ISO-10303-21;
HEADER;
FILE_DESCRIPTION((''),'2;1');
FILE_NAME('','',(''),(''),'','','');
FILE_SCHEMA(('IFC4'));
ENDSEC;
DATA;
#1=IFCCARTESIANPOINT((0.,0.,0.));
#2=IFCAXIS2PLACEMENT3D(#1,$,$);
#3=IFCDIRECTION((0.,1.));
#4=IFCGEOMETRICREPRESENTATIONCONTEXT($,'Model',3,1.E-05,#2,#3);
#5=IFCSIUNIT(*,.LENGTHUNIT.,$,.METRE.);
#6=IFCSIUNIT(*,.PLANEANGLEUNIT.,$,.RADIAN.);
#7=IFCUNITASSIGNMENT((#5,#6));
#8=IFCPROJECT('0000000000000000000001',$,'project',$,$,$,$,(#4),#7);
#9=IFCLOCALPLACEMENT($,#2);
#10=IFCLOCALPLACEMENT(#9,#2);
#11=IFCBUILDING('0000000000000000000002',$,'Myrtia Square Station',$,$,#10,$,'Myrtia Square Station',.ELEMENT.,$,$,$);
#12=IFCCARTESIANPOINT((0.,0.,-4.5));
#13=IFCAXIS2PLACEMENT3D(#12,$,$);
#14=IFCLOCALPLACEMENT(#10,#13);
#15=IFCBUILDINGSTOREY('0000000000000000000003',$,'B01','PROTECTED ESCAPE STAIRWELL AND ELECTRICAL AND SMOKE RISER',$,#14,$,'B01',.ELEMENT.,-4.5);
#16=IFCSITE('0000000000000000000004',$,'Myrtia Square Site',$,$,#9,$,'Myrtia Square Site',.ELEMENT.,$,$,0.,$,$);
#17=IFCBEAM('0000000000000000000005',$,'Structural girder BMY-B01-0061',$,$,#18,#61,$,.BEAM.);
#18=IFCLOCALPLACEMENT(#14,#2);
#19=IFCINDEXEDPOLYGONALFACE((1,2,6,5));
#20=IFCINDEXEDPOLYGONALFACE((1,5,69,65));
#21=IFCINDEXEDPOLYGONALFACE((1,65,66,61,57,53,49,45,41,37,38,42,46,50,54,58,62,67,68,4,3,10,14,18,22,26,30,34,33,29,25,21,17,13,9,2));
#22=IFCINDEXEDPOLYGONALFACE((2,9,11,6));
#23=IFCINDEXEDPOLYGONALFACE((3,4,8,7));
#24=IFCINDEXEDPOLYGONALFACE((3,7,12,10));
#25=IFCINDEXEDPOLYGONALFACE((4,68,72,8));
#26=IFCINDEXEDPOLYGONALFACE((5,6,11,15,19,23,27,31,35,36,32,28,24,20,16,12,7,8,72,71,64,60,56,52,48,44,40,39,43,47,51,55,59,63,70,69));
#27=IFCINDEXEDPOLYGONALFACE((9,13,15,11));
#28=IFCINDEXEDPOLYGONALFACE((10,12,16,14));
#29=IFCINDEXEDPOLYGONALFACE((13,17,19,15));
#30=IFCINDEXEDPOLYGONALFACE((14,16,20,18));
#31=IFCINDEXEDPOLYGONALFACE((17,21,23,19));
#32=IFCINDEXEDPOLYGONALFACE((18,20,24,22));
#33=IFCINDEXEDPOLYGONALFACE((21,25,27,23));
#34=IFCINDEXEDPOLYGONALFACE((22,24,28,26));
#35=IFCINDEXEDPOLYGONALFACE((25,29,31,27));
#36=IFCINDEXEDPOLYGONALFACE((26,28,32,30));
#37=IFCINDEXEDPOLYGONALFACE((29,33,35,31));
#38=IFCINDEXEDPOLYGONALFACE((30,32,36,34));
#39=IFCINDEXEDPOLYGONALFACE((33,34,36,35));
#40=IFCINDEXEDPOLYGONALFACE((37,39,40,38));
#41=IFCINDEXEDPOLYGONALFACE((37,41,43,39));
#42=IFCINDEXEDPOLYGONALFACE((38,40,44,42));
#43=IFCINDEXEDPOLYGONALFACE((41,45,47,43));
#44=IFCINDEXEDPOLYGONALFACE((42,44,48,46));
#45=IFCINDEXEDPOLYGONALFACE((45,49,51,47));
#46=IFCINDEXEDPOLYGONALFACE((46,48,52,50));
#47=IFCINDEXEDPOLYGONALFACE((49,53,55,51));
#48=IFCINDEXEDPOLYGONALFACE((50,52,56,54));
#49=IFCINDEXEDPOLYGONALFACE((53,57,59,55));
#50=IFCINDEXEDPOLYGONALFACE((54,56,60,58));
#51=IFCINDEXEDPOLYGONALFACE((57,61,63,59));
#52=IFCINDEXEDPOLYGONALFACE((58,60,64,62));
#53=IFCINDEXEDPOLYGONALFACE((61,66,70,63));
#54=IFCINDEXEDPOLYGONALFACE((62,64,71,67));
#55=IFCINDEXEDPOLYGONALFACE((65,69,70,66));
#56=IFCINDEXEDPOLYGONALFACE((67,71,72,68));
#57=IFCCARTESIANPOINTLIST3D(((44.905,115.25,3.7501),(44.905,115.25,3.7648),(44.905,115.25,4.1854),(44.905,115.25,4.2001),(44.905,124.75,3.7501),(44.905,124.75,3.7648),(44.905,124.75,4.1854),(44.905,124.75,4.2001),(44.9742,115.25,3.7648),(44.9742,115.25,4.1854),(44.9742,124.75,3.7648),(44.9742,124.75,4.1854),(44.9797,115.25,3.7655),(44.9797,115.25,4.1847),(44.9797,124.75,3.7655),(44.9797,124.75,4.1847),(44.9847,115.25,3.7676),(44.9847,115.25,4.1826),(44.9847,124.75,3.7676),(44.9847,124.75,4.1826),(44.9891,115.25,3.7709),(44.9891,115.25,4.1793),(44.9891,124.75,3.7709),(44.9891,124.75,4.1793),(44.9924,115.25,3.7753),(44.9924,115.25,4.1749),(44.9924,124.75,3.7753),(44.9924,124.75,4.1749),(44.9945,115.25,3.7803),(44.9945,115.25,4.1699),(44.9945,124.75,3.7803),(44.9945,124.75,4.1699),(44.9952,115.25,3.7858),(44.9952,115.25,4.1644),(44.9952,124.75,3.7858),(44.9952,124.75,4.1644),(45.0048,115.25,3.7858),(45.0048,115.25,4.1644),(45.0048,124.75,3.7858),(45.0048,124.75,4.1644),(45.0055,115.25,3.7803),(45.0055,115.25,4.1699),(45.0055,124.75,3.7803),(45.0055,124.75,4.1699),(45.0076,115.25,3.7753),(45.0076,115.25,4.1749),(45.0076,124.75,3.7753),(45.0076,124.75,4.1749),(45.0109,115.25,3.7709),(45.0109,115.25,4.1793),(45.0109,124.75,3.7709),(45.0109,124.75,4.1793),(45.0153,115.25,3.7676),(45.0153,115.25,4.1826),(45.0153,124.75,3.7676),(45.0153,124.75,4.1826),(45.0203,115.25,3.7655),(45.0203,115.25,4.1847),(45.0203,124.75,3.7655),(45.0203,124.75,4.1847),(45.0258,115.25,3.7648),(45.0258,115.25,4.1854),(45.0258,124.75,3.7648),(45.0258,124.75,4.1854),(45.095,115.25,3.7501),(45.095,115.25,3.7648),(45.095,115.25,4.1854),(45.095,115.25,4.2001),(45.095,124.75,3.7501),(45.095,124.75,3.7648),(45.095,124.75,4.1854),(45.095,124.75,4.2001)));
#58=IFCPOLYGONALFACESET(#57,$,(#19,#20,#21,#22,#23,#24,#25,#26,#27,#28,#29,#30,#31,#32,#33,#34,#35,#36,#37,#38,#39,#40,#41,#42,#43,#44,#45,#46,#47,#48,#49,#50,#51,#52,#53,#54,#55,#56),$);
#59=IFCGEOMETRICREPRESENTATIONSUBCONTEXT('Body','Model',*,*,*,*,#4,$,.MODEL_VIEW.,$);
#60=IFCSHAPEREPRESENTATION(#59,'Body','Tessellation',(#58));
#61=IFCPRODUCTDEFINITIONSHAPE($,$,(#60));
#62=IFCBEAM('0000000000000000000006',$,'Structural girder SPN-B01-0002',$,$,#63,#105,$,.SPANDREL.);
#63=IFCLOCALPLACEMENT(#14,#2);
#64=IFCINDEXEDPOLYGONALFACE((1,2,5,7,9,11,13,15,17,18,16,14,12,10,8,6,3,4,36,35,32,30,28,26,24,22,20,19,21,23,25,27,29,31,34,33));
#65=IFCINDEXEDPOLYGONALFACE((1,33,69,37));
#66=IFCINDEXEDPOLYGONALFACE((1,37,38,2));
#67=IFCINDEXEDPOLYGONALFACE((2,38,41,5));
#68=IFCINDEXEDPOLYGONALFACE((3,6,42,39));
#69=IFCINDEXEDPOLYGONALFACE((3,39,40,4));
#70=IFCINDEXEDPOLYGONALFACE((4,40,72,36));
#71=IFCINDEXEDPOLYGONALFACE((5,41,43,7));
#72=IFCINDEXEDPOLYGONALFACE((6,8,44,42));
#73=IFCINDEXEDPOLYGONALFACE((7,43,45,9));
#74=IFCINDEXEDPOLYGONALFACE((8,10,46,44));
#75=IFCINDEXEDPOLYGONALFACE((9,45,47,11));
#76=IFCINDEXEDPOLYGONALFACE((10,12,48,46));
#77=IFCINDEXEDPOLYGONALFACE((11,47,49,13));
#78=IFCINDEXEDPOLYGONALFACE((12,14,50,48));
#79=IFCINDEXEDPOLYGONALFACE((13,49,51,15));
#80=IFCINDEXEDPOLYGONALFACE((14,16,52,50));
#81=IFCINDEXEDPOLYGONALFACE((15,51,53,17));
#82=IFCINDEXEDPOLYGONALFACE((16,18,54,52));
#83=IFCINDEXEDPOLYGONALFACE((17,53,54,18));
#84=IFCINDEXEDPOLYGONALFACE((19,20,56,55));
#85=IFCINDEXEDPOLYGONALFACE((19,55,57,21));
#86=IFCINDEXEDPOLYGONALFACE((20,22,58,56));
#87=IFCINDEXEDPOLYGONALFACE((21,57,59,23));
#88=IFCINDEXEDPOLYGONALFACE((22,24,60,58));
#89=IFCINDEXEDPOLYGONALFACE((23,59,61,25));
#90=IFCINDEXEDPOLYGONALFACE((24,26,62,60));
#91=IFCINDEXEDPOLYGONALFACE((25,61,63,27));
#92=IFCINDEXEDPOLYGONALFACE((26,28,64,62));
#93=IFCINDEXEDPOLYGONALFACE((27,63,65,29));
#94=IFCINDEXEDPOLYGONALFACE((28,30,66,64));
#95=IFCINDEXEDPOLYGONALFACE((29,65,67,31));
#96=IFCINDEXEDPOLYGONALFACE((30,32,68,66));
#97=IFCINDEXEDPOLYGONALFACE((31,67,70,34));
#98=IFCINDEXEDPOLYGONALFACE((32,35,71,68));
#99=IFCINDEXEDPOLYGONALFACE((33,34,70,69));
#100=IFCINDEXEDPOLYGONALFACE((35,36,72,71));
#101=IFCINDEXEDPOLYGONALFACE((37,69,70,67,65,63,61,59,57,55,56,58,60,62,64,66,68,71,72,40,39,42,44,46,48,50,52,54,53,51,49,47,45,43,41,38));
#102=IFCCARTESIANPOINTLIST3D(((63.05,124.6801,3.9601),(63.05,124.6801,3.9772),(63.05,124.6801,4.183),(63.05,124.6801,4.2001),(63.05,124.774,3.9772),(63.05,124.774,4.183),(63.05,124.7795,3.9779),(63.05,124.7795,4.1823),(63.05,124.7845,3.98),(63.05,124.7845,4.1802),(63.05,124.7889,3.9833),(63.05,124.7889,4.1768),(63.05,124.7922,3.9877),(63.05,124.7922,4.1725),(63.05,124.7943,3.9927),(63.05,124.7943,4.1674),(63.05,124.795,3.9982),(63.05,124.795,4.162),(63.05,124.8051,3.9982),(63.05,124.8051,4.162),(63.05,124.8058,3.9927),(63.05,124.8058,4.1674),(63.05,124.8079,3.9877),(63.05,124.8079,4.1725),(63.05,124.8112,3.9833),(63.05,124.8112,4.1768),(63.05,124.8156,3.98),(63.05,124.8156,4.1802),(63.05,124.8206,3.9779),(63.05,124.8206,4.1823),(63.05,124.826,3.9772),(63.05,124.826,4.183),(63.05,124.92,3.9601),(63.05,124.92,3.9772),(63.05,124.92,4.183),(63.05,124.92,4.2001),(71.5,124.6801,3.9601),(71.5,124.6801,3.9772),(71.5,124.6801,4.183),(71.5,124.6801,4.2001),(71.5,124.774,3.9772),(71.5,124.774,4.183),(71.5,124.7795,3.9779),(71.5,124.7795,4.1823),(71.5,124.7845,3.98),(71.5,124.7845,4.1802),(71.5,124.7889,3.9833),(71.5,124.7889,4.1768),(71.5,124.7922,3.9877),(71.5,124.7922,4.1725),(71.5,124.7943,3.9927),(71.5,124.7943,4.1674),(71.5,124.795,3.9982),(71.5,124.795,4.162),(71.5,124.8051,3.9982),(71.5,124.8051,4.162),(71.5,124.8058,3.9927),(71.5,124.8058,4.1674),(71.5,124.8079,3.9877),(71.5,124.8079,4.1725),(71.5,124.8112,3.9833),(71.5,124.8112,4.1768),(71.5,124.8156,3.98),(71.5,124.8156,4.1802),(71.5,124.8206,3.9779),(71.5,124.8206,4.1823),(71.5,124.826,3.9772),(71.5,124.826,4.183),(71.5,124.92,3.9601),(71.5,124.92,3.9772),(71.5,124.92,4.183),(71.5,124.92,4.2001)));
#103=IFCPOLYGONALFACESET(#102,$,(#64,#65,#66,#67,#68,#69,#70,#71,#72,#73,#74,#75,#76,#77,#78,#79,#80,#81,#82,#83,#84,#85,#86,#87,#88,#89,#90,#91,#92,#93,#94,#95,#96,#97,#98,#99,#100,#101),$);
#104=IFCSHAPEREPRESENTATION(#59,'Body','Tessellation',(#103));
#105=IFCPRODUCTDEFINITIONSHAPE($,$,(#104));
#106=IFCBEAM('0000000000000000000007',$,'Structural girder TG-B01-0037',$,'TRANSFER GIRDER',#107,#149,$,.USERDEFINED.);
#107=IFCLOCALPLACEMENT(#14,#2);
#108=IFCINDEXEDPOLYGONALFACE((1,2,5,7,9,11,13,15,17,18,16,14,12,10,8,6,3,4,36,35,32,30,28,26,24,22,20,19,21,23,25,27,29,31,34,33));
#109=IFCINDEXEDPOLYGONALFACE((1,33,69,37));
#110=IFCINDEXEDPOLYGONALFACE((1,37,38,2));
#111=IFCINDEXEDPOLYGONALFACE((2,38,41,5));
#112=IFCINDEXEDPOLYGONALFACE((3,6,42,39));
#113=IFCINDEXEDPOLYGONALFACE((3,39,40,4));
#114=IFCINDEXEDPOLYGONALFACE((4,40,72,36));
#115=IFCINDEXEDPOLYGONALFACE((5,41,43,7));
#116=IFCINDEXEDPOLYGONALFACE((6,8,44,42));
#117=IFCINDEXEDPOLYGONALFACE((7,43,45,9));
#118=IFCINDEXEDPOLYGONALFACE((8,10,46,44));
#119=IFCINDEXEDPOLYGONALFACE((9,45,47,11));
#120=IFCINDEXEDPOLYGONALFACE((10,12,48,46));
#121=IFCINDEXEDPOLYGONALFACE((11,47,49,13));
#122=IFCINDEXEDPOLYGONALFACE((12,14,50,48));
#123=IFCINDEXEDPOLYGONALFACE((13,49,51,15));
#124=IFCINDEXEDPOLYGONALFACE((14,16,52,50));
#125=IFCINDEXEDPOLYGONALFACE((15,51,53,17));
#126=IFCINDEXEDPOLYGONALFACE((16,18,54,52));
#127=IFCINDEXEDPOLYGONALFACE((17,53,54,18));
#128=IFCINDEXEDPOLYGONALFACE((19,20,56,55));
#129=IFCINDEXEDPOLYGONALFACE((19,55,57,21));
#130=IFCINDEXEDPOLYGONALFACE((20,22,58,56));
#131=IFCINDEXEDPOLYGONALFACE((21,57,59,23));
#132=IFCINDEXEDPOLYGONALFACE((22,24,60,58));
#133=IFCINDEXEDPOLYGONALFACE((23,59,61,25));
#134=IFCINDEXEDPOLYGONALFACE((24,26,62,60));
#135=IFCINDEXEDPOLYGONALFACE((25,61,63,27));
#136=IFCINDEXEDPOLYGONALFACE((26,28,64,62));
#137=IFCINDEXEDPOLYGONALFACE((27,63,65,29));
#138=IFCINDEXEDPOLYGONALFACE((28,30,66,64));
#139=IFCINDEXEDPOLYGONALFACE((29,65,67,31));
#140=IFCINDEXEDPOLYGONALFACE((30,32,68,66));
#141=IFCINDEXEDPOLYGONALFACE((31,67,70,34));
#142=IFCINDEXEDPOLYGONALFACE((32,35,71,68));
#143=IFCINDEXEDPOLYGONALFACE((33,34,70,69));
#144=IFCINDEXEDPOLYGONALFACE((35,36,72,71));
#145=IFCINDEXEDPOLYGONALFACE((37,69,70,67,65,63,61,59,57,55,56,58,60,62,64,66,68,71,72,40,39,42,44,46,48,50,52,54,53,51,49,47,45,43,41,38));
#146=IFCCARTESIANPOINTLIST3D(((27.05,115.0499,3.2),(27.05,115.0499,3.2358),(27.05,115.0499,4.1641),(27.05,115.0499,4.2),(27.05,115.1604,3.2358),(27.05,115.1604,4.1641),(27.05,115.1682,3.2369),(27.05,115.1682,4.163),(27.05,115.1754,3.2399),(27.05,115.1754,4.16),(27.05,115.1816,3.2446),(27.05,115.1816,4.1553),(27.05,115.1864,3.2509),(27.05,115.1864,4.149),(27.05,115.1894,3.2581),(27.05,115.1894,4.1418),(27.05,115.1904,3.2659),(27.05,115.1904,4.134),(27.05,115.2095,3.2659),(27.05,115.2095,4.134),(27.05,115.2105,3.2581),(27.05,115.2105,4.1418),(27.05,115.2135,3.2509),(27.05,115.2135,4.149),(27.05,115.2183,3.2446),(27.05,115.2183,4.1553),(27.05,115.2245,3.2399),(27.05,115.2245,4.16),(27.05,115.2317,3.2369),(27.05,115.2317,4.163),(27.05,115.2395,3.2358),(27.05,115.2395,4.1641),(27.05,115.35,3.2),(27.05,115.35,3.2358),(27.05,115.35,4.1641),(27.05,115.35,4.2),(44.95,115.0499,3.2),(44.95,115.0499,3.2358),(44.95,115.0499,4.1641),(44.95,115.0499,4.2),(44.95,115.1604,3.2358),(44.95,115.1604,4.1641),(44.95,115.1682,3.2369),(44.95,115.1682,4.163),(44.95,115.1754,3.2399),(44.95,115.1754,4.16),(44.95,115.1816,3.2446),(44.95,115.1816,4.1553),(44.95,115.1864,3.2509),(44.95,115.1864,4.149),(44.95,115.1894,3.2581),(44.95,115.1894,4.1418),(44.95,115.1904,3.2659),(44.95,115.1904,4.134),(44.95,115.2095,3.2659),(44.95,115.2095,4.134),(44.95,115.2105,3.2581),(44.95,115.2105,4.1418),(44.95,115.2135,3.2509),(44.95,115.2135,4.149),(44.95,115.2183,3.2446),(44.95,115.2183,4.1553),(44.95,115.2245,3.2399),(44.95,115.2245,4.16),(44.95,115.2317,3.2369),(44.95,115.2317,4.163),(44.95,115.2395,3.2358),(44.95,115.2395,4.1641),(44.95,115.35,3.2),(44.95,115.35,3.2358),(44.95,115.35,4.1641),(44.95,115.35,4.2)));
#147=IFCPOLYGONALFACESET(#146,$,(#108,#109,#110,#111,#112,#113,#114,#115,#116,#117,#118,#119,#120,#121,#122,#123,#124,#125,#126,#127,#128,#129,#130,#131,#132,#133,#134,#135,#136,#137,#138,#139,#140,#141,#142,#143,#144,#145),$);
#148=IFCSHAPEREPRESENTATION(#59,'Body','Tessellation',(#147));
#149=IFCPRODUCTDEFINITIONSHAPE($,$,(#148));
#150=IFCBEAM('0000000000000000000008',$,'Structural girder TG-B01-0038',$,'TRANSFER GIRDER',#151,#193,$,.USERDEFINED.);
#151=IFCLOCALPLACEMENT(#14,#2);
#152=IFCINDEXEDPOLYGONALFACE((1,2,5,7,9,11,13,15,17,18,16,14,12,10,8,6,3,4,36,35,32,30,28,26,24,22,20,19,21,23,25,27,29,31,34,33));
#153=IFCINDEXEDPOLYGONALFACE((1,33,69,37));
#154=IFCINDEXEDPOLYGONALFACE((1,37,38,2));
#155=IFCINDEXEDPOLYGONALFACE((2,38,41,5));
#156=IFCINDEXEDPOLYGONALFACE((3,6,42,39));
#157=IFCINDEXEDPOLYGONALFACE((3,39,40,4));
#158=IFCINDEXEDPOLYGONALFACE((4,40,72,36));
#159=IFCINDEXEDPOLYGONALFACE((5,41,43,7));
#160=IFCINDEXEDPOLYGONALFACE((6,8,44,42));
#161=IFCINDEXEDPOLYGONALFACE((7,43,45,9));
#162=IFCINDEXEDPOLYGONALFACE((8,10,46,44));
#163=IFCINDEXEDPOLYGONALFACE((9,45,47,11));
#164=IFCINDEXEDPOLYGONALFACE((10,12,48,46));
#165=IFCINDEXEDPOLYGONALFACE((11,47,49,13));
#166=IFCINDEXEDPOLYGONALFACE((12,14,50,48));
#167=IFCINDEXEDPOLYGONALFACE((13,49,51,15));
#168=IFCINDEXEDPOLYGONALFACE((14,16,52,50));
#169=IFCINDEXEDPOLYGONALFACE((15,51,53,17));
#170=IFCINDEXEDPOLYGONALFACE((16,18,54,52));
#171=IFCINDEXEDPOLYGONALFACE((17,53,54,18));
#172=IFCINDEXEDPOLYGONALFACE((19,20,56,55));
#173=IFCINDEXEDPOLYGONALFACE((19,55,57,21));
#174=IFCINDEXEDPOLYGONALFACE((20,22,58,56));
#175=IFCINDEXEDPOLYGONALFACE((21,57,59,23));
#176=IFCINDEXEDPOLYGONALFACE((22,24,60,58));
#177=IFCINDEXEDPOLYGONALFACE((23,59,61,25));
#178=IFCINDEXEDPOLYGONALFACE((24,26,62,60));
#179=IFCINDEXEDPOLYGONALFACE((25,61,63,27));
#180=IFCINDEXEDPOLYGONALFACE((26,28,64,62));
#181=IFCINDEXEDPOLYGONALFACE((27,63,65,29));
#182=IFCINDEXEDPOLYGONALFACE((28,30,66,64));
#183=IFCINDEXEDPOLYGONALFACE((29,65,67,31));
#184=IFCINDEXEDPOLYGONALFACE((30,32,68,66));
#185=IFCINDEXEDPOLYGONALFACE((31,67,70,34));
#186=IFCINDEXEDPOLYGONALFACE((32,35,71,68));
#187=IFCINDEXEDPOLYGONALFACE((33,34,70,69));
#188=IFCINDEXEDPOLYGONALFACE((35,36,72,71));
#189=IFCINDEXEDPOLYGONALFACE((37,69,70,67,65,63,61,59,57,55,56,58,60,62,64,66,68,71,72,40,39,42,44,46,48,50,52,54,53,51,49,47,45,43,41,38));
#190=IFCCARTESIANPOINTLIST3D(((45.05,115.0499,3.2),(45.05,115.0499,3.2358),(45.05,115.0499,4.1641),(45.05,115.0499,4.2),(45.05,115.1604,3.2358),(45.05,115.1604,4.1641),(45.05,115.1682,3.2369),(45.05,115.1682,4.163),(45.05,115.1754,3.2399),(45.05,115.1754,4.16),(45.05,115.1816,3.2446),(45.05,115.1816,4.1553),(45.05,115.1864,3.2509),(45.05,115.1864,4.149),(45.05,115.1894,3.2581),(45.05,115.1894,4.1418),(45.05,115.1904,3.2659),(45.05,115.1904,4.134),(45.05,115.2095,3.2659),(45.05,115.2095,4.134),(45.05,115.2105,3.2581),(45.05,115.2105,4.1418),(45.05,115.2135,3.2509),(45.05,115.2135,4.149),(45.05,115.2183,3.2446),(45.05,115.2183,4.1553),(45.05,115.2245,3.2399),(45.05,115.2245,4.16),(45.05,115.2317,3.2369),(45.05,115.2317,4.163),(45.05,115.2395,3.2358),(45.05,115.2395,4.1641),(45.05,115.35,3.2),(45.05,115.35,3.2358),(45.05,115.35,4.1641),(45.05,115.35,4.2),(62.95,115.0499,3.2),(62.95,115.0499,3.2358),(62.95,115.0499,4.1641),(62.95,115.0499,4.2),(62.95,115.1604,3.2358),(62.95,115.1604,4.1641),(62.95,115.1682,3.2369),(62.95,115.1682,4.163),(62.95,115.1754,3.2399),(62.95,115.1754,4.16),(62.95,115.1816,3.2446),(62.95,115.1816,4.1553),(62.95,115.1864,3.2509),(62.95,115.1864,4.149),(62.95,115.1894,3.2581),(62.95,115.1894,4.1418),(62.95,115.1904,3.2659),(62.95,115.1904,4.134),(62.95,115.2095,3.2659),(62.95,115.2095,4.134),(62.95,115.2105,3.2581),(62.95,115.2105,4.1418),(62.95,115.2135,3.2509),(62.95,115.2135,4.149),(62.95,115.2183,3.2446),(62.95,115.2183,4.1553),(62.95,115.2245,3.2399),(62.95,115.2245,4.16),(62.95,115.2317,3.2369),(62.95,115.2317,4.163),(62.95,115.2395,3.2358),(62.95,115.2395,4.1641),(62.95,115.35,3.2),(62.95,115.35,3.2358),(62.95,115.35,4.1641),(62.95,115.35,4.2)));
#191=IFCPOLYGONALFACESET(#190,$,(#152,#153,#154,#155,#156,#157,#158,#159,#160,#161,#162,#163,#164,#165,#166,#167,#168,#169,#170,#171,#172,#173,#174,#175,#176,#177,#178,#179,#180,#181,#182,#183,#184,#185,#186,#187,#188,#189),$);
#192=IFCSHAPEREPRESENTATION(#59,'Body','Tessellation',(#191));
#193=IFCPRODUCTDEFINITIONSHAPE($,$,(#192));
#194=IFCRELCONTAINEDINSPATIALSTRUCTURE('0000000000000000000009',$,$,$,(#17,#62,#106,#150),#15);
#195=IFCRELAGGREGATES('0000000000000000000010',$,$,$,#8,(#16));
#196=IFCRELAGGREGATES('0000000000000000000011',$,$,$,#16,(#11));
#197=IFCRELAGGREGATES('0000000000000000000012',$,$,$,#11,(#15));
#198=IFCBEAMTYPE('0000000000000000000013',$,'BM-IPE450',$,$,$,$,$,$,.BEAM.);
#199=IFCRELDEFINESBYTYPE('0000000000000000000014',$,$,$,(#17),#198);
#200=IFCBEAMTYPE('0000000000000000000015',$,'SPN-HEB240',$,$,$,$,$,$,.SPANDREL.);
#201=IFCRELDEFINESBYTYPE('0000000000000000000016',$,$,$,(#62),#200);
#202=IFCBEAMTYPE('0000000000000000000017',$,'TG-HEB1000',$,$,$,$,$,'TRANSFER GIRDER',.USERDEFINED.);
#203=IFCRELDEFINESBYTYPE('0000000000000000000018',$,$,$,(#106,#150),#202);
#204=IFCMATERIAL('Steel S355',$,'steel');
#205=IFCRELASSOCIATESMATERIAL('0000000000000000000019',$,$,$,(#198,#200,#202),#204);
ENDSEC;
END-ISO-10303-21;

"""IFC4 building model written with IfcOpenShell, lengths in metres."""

from ifc_helpers import new_model, si_unit, direction, frame, origin, origin_2d, place, context, subcontext, project, spatial, i_section, extrude, material, material_profile, profile_set, type_object, element, save


model = new_model("IFC4")

# Units and contexts
model_context = context("Model", 3, precision=1e-05, world=origin(), true_north=direction((0.0, 1.0)))
body_context = subcontext(model_context, "Body", "Model", "MODEL_VIEW")
ifc_project = project(units=[si_unit("LENGTHUNIT", "METRE"), si_unit("PLANEANGLEUNIT", "RADIAN")], contexts=[model_context])

# Site, building, storey
site_placement = place(None, origin())
site = spatial("IfcSite", under=ifc_project, at=site_placement, Name="Myrtia Square Site", LongName="Myrtia Square Site", CompositionType="ELEMENT", RefElevation=0.0)
building_placement = place(site_placement, origin())
building = spatial("IfcBuilding", under=site, at=building_placement, Name="Myrtia Square Station", LongName="Myrtia Square Station", CompositionType="ELEMENT")
storey_placement = place(building_placement, frame((0.0, 0.0, -4.5)))
storey = spatial("IfcBuildingStorey", under=building, at=storey_placement, Name="B01", Description="PROTECTED ESCAPE STAIRWELL AND ELECTRICAL AND SMOKE RISER", LongName="B01", CompositionType="ELEMENT", Elevation=-4.5)

# Beams
ifc_material_1 = material(Name="Steel S355", Category="steel")
ifc_material_profile_1 = material_profile(ifc_material_1, i_section(OverallWidth=0.1899, OverallDepth=0.45, WebThickness=0.0095, FlangeThickness=0.0146, FilletRadius=0.021, at=origin_2d()), Name="IPE 450")
ifc_profile_set_1 = profile_set([ifc_material_profile_1], Name="Steel S355")
beam_type_1 = type_object("IfcBeamType", Name="BM-IPE450", PredefinedType="BEAM", material=ifc_profile_set_1)
for number, where, z_axis, x_axis, name in (
    (1, (45.0, 115.25, 3.9751), (0.0, 1.0, 0.0), (-1.0, 0.0, 0.0), "Structural girder BMY-B01-0061"),
):
    element("IfcBeam", number, at=place(storey_placement, frame(where, z_axis=z_axis, x_axis=x_axis)), inside=storey, type_object=beam_type_1, Name=name, PredefinedType="BEAM", context=body_context, shape_type="SweptSolid", body=[
        extrude(i_section(OverallWidth=0.1899, OverallDepth=0.45, WebThickness=0.0095, FlangeThickness=0.0146, FilletRadius=0.021, at=origin_2d()), origin(), (0.0, 0.0, 1.0), 9.5),
    ])
ifc_material_profile_2 = material_profile(ifc_material_1, i_section(OverallWidth=0.24, OverallDepth=0.24, WebThickness=0.01, FlangeThickness=0.0171, FilletRadius=0.021, at=origin_2d()), Name="HEB 240")
ifc_profile_set_2 = profile_set([ifc_material_profile_2], Name="Steel S355")
beam_type_2 = type_object("IfcBeamType", Name="SPN-HEB240", PredefinedType="SPANDREL", material=ifc_profile_set_2)
beam_1_placement = place(storey_placement, frame((63.05, 124.8, 4.0801), z_axis=(1.0, 0.0, 0.0), x_axis=(0.0, 1.0, 0.0)))
element("IfcBeam", 2, at=beam_1_placement, inside=storey, type_object=beam_type_2, Name="Structural girder SPN-B01-0002", PredefinedType="SPANDREL", context=body_context, shape_type="SweptSolid", body=[
    extrude(i_section(OverallWidth=0.24, OverallDepth=0.24, WebThickness=0.01, FlangeThickness=0.0171, FilletRadius=0.021, at=origin_2d()), origin(), (0.0, 0.0, 1.0), 8.45),
])
ifc_material_profile_3 = material_profile(ifc_material_1, i_section(OverallWidth=0.3, OverallDepth=1.0, WebThickness=0.019, FlangeThickness=0.0359, FilletRadius=0.03, at=origin_2d()), Name="HEB 1000")
ifc_profile_set_3 = profile_set([ifc_material_profile_3], Name="Steel S355")
beam_type_3 = type_object("IfcBeamType", Name="TG-HEB1000", ElementType="TRANSFER GIRDER", PredefinedType="USERDEFINED", material=ifc_profile_set_3)
for number, where, z_axis, x_axis, name in (
    (3, (27.05, 115.2, 3.7), (1.0, 0.0, 0.0), (0.0, 1.0, 0.0), "Structural girder TG-B01-0037"),
    (4, (45.05, 115.2, 3.7), (1.0, 0.0, 0.0), (0.0, 1.0, 0.0), "Structural girder TG-B01-0038"),
):
    element("IfcBeam", number, at=place(storey_placement, frame(where, z_axis=z_axis, x_axis=x_axis)), inside=storey, type_object=beam_type_3, Name=name, ObjectType="TRANSFER GIRDER", PredefinedType="USERDEFINED", context=body_context, shape_type="SweptSolid", body=[
        extrude(i_section(OverallWidth=0.3, OverallDepth=1.0, WebThickness=0.019, FlangeThickness=0.0359, FilletRadius=0.03, at=origin_2d()), origin(), (0.0, 0.0, 1.0), 17.8999),
    ])

save(model, "model.ifc")
